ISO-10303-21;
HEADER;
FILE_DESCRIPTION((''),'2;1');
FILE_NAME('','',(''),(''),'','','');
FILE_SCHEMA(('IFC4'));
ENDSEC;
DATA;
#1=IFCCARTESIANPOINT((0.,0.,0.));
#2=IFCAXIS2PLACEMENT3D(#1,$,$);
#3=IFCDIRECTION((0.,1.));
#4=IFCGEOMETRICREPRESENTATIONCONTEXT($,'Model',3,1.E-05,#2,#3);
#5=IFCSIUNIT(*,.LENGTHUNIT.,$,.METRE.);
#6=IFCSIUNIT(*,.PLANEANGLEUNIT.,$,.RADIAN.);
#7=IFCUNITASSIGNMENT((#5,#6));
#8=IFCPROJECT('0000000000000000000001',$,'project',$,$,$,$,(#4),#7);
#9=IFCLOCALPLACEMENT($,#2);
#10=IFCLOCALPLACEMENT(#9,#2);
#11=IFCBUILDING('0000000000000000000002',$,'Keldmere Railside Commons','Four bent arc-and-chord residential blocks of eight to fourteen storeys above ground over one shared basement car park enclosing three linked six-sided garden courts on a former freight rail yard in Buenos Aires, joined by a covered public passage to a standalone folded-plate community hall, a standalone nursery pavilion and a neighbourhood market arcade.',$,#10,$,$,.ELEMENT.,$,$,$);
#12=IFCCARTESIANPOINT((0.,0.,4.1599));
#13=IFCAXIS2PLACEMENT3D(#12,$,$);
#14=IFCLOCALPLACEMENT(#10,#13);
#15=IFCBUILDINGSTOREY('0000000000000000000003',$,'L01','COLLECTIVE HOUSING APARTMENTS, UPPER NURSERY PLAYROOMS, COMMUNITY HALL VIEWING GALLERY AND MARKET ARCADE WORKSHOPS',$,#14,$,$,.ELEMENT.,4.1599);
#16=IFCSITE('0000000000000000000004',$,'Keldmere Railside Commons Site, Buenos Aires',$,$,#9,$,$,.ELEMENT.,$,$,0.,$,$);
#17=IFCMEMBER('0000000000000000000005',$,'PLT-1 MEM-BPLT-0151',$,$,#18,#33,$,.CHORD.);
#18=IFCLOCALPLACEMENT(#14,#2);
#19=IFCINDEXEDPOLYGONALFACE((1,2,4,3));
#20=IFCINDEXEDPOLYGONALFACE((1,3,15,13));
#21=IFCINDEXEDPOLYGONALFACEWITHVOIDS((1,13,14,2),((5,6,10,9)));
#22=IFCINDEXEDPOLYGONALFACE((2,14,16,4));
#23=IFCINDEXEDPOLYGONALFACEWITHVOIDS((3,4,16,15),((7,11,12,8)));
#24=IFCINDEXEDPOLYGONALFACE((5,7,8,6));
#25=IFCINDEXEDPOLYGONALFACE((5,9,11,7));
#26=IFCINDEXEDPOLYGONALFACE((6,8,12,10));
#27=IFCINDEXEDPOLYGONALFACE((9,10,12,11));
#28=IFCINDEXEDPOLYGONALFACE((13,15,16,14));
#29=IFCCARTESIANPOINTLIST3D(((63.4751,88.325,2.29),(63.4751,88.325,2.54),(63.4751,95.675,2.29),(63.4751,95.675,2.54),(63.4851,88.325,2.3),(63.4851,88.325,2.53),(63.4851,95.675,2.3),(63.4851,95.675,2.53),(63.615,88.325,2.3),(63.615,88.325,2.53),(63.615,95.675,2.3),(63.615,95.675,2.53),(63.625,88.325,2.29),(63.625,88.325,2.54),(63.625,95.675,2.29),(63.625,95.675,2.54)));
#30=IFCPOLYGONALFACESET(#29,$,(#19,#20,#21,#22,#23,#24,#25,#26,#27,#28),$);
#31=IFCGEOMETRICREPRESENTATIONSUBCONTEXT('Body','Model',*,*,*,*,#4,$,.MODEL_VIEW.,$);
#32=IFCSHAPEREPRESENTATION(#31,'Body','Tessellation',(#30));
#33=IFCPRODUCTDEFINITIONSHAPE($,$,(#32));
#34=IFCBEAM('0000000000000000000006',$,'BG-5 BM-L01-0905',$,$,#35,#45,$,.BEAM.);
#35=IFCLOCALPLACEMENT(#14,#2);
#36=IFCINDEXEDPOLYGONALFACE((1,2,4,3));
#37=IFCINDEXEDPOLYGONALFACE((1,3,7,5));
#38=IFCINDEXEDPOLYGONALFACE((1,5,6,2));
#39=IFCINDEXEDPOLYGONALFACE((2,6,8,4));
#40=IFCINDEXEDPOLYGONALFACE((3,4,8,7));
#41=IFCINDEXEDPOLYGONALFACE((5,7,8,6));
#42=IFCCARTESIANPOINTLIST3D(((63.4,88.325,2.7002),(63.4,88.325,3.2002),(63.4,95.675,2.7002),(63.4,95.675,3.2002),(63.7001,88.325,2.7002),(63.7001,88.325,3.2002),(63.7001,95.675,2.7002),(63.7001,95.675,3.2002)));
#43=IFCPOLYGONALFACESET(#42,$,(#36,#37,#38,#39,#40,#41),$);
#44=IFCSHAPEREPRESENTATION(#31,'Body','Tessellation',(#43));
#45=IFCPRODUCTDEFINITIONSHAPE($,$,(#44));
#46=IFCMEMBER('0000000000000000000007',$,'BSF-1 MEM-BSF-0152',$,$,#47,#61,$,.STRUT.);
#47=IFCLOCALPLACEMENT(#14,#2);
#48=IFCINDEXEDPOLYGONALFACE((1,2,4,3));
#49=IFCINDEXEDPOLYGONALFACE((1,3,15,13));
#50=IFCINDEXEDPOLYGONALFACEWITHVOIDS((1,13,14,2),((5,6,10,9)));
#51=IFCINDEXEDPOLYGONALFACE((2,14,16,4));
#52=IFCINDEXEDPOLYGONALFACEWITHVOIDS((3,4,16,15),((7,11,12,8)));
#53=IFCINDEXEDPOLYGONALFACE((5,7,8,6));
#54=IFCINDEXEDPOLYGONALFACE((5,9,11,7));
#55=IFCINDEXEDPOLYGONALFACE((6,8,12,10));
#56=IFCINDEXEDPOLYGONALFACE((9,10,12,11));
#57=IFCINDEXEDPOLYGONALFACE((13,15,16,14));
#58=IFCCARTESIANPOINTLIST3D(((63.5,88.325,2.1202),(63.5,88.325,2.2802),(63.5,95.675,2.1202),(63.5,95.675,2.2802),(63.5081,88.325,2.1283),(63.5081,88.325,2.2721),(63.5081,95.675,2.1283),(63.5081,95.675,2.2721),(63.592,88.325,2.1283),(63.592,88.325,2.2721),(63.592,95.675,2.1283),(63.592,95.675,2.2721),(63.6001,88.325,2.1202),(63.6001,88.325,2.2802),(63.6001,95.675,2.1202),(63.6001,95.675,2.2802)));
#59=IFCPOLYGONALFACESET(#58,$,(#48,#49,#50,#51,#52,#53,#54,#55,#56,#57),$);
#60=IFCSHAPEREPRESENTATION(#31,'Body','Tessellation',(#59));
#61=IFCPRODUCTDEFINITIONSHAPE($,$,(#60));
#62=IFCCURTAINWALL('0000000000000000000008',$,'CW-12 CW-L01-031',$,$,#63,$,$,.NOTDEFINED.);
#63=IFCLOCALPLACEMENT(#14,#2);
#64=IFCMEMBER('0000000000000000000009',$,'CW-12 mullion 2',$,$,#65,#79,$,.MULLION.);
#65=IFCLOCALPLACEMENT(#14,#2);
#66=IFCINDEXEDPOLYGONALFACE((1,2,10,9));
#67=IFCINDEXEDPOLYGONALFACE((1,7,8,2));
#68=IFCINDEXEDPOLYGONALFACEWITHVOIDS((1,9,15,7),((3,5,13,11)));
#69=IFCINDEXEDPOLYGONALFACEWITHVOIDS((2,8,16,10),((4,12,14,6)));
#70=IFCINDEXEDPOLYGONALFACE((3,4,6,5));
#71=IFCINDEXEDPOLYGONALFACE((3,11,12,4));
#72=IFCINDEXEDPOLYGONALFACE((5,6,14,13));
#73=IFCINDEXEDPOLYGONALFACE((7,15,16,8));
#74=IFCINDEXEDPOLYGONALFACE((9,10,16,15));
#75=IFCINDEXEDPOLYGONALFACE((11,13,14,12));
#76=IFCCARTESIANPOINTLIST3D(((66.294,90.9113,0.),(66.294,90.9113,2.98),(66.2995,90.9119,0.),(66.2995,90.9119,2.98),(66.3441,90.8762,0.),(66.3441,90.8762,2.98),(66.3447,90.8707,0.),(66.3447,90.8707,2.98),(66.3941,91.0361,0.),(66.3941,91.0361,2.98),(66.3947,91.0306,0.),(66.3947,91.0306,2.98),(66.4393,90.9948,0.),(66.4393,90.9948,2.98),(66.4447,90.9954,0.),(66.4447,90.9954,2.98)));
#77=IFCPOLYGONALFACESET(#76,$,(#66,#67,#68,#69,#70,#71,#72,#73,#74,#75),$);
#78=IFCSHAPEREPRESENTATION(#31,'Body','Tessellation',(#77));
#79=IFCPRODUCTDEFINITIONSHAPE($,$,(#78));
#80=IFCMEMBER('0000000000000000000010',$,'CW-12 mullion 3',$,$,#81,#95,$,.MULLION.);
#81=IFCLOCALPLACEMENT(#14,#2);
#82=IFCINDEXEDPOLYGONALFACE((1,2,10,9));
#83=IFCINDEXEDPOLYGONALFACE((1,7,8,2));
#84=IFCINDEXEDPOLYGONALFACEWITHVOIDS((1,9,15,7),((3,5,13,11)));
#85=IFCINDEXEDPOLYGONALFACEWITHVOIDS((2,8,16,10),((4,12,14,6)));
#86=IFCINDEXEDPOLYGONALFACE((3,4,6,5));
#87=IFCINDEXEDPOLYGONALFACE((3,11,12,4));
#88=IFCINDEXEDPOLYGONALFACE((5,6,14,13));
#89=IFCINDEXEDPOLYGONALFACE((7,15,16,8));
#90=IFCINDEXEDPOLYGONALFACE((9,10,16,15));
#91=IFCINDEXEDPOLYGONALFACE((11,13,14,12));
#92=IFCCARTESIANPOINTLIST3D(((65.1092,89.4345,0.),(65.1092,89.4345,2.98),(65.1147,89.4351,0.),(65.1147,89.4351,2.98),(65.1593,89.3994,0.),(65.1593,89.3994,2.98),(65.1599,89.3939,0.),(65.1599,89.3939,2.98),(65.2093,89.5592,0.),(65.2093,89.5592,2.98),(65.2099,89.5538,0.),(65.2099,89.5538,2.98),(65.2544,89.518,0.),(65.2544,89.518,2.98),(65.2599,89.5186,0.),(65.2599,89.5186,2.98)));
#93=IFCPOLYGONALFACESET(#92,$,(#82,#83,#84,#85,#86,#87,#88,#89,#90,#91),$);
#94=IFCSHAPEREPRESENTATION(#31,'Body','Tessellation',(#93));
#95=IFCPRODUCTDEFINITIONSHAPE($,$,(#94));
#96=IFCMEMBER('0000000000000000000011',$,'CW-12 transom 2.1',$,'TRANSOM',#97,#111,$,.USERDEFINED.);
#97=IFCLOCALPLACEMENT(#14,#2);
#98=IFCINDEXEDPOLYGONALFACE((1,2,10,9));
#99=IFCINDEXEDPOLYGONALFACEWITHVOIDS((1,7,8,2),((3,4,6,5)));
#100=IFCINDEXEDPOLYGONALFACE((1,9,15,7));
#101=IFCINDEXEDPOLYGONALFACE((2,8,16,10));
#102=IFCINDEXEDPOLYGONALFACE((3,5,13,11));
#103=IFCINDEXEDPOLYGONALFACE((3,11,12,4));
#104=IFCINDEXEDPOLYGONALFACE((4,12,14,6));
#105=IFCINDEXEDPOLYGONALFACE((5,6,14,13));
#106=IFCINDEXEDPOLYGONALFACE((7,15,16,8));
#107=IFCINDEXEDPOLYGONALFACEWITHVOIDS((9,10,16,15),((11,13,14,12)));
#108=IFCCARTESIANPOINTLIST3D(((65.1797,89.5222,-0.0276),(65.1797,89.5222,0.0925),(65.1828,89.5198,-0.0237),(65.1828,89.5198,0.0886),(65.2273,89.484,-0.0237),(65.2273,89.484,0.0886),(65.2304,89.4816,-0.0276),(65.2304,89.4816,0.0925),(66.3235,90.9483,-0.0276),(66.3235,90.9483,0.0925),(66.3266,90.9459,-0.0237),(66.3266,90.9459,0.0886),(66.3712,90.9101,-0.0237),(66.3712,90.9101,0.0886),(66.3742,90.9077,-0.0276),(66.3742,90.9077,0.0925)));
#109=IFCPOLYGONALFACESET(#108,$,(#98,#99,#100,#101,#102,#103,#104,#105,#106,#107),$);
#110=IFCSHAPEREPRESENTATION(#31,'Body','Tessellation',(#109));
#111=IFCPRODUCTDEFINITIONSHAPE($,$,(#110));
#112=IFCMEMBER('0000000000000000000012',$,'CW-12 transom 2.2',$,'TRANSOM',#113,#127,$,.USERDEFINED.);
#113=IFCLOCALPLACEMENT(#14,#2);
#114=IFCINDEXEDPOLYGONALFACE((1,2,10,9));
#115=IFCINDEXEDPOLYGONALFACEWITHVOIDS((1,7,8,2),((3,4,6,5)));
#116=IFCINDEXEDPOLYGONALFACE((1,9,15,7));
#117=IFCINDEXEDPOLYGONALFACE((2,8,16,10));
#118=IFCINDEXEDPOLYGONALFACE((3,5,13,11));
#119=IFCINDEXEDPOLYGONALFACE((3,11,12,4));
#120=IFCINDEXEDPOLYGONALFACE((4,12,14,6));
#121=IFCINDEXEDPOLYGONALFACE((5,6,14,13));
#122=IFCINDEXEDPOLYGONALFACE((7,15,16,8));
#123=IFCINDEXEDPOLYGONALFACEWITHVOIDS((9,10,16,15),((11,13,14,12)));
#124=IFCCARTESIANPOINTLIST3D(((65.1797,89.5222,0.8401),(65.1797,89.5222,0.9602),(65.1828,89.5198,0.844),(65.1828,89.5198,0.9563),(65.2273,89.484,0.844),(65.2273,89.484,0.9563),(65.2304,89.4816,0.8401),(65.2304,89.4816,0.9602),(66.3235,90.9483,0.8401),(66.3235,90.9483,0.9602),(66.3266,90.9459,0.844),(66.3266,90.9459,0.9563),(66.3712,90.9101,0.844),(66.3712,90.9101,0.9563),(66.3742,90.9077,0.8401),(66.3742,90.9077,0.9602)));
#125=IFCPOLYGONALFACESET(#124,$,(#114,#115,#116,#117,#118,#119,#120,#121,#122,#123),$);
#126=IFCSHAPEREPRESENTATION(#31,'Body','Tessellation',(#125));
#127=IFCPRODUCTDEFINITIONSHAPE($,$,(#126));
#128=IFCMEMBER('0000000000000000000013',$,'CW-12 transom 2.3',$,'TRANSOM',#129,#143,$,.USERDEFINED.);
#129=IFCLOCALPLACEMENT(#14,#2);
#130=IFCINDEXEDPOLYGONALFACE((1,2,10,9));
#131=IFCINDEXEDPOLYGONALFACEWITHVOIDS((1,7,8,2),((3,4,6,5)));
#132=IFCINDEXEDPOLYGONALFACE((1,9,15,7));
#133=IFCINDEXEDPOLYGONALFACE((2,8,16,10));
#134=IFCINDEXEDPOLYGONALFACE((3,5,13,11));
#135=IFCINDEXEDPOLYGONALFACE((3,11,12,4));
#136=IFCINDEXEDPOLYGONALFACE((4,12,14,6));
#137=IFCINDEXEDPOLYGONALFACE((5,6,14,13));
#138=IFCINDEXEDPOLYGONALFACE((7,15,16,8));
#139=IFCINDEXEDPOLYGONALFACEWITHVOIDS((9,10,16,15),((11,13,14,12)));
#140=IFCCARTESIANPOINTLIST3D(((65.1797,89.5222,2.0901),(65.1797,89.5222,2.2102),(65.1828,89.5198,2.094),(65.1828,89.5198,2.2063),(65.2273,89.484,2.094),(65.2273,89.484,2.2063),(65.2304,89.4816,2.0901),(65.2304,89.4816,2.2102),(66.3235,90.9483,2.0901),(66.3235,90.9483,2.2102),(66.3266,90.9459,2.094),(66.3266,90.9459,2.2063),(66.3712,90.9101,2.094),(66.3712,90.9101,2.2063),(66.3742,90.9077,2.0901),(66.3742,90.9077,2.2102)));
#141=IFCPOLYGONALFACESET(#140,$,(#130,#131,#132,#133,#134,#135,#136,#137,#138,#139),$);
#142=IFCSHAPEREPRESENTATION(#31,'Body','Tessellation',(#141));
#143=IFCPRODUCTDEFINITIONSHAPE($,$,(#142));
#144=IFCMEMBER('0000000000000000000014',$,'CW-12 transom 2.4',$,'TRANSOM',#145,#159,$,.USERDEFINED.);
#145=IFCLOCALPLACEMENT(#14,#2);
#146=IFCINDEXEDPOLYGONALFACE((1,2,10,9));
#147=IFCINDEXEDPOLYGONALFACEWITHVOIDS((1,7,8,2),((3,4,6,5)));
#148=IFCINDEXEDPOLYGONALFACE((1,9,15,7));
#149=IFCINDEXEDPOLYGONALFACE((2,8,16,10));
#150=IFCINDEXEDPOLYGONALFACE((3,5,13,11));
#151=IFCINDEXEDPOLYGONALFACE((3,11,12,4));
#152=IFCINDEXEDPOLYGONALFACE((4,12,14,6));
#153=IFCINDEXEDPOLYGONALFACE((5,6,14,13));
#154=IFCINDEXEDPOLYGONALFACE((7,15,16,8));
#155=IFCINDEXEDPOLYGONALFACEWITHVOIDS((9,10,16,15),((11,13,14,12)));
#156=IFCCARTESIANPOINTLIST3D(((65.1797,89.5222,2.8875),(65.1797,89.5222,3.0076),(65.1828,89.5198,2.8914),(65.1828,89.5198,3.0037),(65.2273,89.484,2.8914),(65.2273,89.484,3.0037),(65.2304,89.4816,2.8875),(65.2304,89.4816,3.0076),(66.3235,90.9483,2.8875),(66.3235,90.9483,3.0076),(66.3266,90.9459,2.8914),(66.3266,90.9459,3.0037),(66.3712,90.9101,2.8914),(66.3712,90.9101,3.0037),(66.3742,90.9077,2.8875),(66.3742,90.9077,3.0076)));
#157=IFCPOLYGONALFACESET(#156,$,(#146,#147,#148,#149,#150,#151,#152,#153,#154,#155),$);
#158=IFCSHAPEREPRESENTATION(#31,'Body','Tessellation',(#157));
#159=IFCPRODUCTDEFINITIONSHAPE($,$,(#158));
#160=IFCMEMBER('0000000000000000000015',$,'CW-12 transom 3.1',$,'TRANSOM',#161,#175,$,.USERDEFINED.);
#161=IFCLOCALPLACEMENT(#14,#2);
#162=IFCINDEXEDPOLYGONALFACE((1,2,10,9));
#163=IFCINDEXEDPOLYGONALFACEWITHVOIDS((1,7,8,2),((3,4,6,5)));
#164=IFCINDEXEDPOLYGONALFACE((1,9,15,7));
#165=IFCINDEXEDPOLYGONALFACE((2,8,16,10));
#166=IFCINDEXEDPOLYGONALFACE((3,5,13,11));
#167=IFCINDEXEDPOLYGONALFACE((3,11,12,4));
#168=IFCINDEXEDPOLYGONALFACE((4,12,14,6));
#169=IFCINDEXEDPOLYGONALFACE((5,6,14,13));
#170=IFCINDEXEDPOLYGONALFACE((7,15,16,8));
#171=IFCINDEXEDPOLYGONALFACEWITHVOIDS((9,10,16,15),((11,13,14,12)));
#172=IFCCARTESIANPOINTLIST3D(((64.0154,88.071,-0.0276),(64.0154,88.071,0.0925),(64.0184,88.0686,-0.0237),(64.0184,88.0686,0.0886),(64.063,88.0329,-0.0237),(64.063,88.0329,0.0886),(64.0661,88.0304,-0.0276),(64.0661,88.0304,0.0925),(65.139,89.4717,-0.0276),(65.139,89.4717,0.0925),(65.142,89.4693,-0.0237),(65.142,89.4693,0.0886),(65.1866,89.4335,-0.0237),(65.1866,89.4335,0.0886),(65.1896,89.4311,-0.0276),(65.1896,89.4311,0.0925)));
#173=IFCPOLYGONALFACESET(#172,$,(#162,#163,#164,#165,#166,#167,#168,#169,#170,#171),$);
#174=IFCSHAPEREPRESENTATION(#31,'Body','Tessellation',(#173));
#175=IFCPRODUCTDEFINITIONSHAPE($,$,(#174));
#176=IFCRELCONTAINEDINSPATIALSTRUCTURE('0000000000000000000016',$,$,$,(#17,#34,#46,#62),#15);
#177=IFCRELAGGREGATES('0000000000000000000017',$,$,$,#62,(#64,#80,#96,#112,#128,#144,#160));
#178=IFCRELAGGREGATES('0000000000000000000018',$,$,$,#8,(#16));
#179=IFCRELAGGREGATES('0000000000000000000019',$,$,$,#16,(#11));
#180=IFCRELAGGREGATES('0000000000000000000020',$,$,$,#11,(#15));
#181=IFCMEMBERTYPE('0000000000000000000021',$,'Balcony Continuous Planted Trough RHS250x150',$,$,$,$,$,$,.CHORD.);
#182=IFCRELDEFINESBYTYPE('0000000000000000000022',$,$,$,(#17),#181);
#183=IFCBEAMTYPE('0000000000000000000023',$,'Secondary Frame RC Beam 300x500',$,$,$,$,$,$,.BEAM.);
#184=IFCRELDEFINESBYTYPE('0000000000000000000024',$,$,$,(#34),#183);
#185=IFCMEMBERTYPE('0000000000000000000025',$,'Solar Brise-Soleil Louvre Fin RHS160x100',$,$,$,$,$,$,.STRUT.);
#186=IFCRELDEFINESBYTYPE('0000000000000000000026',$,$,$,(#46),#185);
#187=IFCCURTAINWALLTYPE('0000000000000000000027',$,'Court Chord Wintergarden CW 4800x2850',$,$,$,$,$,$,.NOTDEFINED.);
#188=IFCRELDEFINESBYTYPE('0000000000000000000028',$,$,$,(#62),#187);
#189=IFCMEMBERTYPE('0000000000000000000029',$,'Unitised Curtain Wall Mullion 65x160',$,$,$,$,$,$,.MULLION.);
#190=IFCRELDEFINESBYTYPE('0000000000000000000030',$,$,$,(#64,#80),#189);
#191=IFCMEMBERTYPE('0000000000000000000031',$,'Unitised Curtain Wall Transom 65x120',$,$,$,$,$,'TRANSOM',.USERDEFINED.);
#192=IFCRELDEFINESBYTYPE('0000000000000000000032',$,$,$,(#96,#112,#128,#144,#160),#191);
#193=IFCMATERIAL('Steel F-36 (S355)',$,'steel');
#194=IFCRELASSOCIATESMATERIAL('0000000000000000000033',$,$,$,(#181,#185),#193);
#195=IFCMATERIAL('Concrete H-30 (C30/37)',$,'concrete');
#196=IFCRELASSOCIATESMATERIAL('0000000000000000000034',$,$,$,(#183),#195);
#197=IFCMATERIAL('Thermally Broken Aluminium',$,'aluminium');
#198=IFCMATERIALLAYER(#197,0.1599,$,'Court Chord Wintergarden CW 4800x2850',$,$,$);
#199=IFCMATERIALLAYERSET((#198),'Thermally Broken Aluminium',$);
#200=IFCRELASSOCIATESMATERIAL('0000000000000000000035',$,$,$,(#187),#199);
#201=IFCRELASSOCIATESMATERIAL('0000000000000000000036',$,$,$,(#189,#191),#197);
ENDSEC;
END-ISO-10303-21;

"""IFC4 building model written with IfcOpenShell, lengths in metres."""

from ifc_helpers import new_model, si_unit, direction, frame, origin, origin_2d, place, context, subcontext, project, spatial, rectangle, hollow_rectangle, extrude, material, layer, layer_set, material_profile, profile_set, type_object, element, aggregate, save


model = new_model("IFC4")

# Units and contexts
model_context = context("Model", 3, precision=1e-05, world=origin(), true_north=direction((0.0, 1.0)))
body_context = subcontext(model_context, "Body", "Model", "MODEL_VIEW")
ifc_project = project(units=[si_unit("LENGTHUNIT", "METRE"), si_unit("PLANEANGLEUNIT", "RADIAN")], contexts=[model_context])

# Site, building, storey
site_placement = place(None, origin())
site = spatial("IfcSite", under=ifc_project, at=site_placement, Name="Keldmere Railside Commons Site, Buenos Aires", CompositionType="ELEMENT", RefElevation=0.0)
building_placement = place(site_placement, origin())
building = spatial("IfcBuilding", under=site, at=building_placement, Name="Keldmere Railside Commons", Description="Four bent arc-and-chord residential blocks of eight to fourteen storeys above ground over one shared basement car park enclosing three linked six-sided garden courts on a former freight rail yard in Buenos Aires, joined by a covered public passage to a standalone folded-plate community hall, a standalone nursery pavilion and a neighbourhood market arcade.", CompositionType="ELEMENT")
storey_placement = place(building_placement, frame((0.0, 0.0, 4.1599)))
storey = spatial("IfcBuildingStorey", under=building, at=storey_placement, Name="L01", Description="COLLECTIVE HOUSING APARTMENTS, UPPER NURSERY PLAYROOMS, COMMUNITY HALL VIEWING GALLERY AND MARKET ARCADE WORKSHOPS", CompositionType="ELEMENT", Elevation=4.1599)

# Member
ifc_material_1 = material(Name="Steel F-36 (S355)", Category="steel")
ifc_material_profile_1 = material_profile(ifc_material_1, hollow_rectangle(XDim=0.1499, YDim=0.25, WallThickness=0.01, at=origin_2d()), Name="RHS-250x150x10")
ifc_profile_set_1 = profile_set([ifc_material_profile_1], Name="Steel F-36 (S355)")
member_type_1 = type_object("IfcMemberType", Name="Balcony Continuous Planted Trough RHS250x150", PredefinedType="CHORD", material=ifc_profile_set_1)
member_1_placement = place(storey_placement, frame((63.55, 88.325, 2.415), z_axis=(0.0, 1.0, 0.0), x_axis=(-1.0, 0.0, 0.0)))
element("IfcMember", 1, at=member_1_placement, inside=storey, type_object=member_type_1, Name="PLT-1 MEM-BPLT-0151", PredefinedType="CHORD", context=body_context, shape_type="SweptSolid", body=[
    extrude(hollow_rectangle(XDim=0.1499, YDim=0.25, WallThickness=0.01, at=origin_2d()), origin(), (0.0, 0.0, 1.0), 7.3501),
])

# Beam
ifc_material_2 = material(Name="Concrete H-30 (C30/37)", Category="concrete")
ifc_material_profile_2 = material_profile(ifc_material_2, rectangle(XDim=0.3, YDim=0.5, at=origin_2d()), Name="RC-300x500")
ifc_profile_set_2 = profile_set([ifc_material_profile_2], Name="Concrete H-30 (C30/37)")
beam_type = type_object("IfcBeamType", Name="Secondary Frame RC Beam 300x500", PredefinedType="BEAM", material=ifc_profile_set_2)
beam_placement = place(storey_placement, frame((63.55, 88.325, 2.9502), z_axis=(0.0, 1.0, 0.0), x_axis=(-1.0, 0.0, 0.0)))
element("IfcBeam", 2, at=beam_placement, inside=storey, type_object=beam_type, Name="BG-5 BM-L01-0905", PredefinedType="BEAM", context=body_context, shape_type="SweptSolid", body=[
    extrude(rectangle(XDim=0.3, YDim=0.5, at=origin_2d()), origin(), (0.0, 0.0, 1.0), 7.3501),
])

# Member
ifc_material_profile_3 = material_profile(ifc_material_1, hollow_rectangle(XDim=0.1001, YDim=0.1599, WallThickness=0.0081, at=origin_2d()), Name="RHS-160x100x8")
ifc_profile_set_3 = profile_set([ifc_material_profile_3], Name="Steel F-36 (S355)")
member_type_2 = type_object("IfcMemberType", Name="Solar Brise-Soleil Louvre Fin RHS160x100", PredefinedType="STRUT", material=ifc_profile_set_3)
member_2_placement = place(storey_placement, frame((63.55, 88.325, 2.2002), z_axis=(0.0, 1.0, 0.0), x_axis=(-1.0, 0.0, 0.0)))
element("IfcMember", 3, at=member_2_placement, inside=storey, type_object=member_type_2, Name="BSF-1 MEM-BSF-0152", PredefinedType="STRUT", context=body_context, shape_type="SweptSolid", body=[
    extrude(hollow_rectangle(XDim=0.1001, YDim=0.1599, WallThickness=0.0081, at=origin_2d()), origin(), (0.0, 0.0, 1.0), 7.3501),
])

# Curtain wall, members
ifc_material_3 = material(Name="Thermally Broken Aluminium", Category="aluminium")
ifc_layer_1 = layer(ifc_material_3, 0.1599, Name="Court Chord Wintergarden CW 4800x2850")
ifc_layer_set_1 = layer_set([ifc_layer_1], Name="Thermally Broken Aluminium")
curtain_wall_type = type_object("IfcCurtainWallType", Name="Court Chord Wintergarden CW 4800x2850", PredefinedType="NOTDEFINED", material=ifc_layer_set_1)
curtain_wall_placement = place(storey_placement, origin())
curtain_wall = element("IfcCurtainWall", 4, at=curtain_wall_placement, inside=storey, type_object=curtain_wall_type, Name="CW-12 CW-L01-031", PredefinedType="NOTDEFINED")
ifc_material_profile_4 = material_profile(ifc_material_3, hollow_rectangle(XDim=0.0649, YDim=0.1599, WallThickness=0.0039, at=origin_2d()), Name="ALU-MULL-65x160")
ifc_profile_set_4 = profile_set([ifc_material_profile_4], Name="Thermally Broken Aluminium")
member_type_3 = type_object("IfcMemberType", Name="Unitised Curtain Wall Mullion 65x160", PredefinedType="MULLION", material=ifc_profile_set_4)
member_3_placement = place(storey_placement, frame((66.3694, 90.9534, 0.0), z_axis=(0.0, 0.0, 1.0), x_axis=(0.780009, -0.625768, 0.0)))
member_3 = element("IfcMember", 5, at=member_3_placement, type_object=member_type_3, Name="CW-12 mullion 2", PredefinedType="MULLION", context=body_context, shape_type="SweptSolid", body=[
    extrude(hollow_rectangle(XDim=0.0649, YDim=0.1599, WallThickness=0.0039, at=origin_2d()), origin(), (0.0, 0.0, 1.0), 2.98),
])
member_4_placement = place(storey_placement, frame((65.1846, 89.4766, 0.0), z_axis=(0.0, 0.0, 1.0), x_axis=(0.780009, -0.625768, 0.0)))
member_4 = element("IfcMember", 6, at=member_4_placement, type_object=member_type_3, Name="CW-12 mullion 3", PredefinedType="MULLION", context=body_context, shape_type="SweptSolid", body=[
    extrude(hollow_rectangle(XDim=0.0649, YDim=0.1599, WallThickness=0.0039, at=origin_2d()), origin(), (0.0, 0.0, 1.0), 2.98),
])
ifc_material_profile_5 = material_profile(ifc_material_3, hollow_rectangle(XDim=0.0649, YDim=0.1201, WallThickness=0.0039, at=origin_2d()), Name="ALU-TRAN-65x120")
ifc_profile_set_5 = profile_set([ifc_material_profile_5], Name="Thermally Broken Aluminium")
member_type_4 = type_object("IfcMemberType", Name="Unitised Curtain Wall Transom 65x120", ElementType="TRANSOM", PredefinedType="USERDEFINED", material=ifc_profile_set_5)
member_5_placement = place(storey_placement, frame((66.3489, 90.928, 0.0325), z_axis=(-0.625688, -0.780073, 0.0), x_axis=(0.780073, -0.625688, 0.0)))
member_5 = element("IfcMember", 7, at=member_5_placement, type_object=member_type_4, Name="CW-12 transom 2.1", ObjectType="TRANSOM", PredefinedType="USERDEFINED", context=body_context, shape_type="SweptSolid", body=[
    extrude(hollow_rectangle(XDim=0.0649, YDim=0.1201, WallThickness=0.0039, at=origin_2d()), origin(), (0.0, 0.0, 1.0), 1.8281),
])
member_6_placement = place(storey_placement, frame((66.3489, 90.928, 0.9001), z_axis=(-0.625688, -0.780073, 0.0), x_axis=(0.780073, -0.625688, 0.0)))
member_6 = element("IfcMember", 8, at=member_6_placement, type_object=member_type_4, Name="CW-12 transom 2.2", ObjectType="TRANSOM", PredefinedType="USERDEFINED", context=body_context, shape_type="SweptSolid", body=[
    extrude(hollow_rectangle(XDim=0.0649, YDim=0.1201, WallThickness=0.0039, at=origin_2d()), origin(), (0.0, 0.0, 1.0), 1.8281),
])
member_7_placement = place(storey_placement, frame((66.3489, 90.928, 2.1501), z_axis=(-0.625688, -0.780073, 0.0), x_axis=(0.780073, -0.625688, 0.0)))
member_7 = element("IfcMember", 9, at=member_7_placement, type_object=member_type_4, Name="CW-12 transom 2.3", ObjectType="TRANSOM", PredefinedType="USERDEFINED", context=body_context, shape_type="SweptSolid", body=[
    extrude(hollow_rectangle(XDim=0.0649, YDim=0.1201, WallThickness=0.0039, at=origin_2d()), origin(), (0.0, 0.0, 1.0), 1.8281),
])
member_8_placement = place(storey_placement, frame((66.3489, 90.928, 2.9475), z_axis=(-0.625688, -0.780073, 0.0), x_axis=(0.780073, -0.625688, 0.0)))
member_8 = element("IfcMember", 10, at=member_8_placement, type_object=member_type_4, Name="CW-12 transom 2.4", ObjectType="TRANSOM", PredefinedType="USERDEFINED", context=body_context, shape_type="SweptSolid", body=[
    extrude(hollow_rectangle(XDim=0.0649, YDim=0.1201, WallThickness=0.0039, at=origin_2d()), origin(), (0.0, 0.0, 1.0), 1.8281),
])
member_9_placement = place(storey_placement, frame((65.1643, 89.4514, 0.0325), z_axis=(-0.625723, -0.780046, 0.0), x_axis=(0.780046, -0.625723, 0.0)))
member_9 = element("IfcMember", 11, at=member_9_placement, type_object=member_type_4, Name="CW-12 transom 3.1", ObjectType="TRANSOM", PredefinedType="USERDEFINED", context=body_context, shape_type="SweptSolid", body=[
    extrude(hollow_rectangle(XDim=0.0649, YDim=0.1201, WallThickness=0.0039, at=origin_2d()), origin(), (0.0, 0.0, 1.0), 1.7957),
])
aggregate(curtain_wall, [member_3, member_4, member_5, member_6, member_7, member_8, member_9])

save(model, "model.ifc")
